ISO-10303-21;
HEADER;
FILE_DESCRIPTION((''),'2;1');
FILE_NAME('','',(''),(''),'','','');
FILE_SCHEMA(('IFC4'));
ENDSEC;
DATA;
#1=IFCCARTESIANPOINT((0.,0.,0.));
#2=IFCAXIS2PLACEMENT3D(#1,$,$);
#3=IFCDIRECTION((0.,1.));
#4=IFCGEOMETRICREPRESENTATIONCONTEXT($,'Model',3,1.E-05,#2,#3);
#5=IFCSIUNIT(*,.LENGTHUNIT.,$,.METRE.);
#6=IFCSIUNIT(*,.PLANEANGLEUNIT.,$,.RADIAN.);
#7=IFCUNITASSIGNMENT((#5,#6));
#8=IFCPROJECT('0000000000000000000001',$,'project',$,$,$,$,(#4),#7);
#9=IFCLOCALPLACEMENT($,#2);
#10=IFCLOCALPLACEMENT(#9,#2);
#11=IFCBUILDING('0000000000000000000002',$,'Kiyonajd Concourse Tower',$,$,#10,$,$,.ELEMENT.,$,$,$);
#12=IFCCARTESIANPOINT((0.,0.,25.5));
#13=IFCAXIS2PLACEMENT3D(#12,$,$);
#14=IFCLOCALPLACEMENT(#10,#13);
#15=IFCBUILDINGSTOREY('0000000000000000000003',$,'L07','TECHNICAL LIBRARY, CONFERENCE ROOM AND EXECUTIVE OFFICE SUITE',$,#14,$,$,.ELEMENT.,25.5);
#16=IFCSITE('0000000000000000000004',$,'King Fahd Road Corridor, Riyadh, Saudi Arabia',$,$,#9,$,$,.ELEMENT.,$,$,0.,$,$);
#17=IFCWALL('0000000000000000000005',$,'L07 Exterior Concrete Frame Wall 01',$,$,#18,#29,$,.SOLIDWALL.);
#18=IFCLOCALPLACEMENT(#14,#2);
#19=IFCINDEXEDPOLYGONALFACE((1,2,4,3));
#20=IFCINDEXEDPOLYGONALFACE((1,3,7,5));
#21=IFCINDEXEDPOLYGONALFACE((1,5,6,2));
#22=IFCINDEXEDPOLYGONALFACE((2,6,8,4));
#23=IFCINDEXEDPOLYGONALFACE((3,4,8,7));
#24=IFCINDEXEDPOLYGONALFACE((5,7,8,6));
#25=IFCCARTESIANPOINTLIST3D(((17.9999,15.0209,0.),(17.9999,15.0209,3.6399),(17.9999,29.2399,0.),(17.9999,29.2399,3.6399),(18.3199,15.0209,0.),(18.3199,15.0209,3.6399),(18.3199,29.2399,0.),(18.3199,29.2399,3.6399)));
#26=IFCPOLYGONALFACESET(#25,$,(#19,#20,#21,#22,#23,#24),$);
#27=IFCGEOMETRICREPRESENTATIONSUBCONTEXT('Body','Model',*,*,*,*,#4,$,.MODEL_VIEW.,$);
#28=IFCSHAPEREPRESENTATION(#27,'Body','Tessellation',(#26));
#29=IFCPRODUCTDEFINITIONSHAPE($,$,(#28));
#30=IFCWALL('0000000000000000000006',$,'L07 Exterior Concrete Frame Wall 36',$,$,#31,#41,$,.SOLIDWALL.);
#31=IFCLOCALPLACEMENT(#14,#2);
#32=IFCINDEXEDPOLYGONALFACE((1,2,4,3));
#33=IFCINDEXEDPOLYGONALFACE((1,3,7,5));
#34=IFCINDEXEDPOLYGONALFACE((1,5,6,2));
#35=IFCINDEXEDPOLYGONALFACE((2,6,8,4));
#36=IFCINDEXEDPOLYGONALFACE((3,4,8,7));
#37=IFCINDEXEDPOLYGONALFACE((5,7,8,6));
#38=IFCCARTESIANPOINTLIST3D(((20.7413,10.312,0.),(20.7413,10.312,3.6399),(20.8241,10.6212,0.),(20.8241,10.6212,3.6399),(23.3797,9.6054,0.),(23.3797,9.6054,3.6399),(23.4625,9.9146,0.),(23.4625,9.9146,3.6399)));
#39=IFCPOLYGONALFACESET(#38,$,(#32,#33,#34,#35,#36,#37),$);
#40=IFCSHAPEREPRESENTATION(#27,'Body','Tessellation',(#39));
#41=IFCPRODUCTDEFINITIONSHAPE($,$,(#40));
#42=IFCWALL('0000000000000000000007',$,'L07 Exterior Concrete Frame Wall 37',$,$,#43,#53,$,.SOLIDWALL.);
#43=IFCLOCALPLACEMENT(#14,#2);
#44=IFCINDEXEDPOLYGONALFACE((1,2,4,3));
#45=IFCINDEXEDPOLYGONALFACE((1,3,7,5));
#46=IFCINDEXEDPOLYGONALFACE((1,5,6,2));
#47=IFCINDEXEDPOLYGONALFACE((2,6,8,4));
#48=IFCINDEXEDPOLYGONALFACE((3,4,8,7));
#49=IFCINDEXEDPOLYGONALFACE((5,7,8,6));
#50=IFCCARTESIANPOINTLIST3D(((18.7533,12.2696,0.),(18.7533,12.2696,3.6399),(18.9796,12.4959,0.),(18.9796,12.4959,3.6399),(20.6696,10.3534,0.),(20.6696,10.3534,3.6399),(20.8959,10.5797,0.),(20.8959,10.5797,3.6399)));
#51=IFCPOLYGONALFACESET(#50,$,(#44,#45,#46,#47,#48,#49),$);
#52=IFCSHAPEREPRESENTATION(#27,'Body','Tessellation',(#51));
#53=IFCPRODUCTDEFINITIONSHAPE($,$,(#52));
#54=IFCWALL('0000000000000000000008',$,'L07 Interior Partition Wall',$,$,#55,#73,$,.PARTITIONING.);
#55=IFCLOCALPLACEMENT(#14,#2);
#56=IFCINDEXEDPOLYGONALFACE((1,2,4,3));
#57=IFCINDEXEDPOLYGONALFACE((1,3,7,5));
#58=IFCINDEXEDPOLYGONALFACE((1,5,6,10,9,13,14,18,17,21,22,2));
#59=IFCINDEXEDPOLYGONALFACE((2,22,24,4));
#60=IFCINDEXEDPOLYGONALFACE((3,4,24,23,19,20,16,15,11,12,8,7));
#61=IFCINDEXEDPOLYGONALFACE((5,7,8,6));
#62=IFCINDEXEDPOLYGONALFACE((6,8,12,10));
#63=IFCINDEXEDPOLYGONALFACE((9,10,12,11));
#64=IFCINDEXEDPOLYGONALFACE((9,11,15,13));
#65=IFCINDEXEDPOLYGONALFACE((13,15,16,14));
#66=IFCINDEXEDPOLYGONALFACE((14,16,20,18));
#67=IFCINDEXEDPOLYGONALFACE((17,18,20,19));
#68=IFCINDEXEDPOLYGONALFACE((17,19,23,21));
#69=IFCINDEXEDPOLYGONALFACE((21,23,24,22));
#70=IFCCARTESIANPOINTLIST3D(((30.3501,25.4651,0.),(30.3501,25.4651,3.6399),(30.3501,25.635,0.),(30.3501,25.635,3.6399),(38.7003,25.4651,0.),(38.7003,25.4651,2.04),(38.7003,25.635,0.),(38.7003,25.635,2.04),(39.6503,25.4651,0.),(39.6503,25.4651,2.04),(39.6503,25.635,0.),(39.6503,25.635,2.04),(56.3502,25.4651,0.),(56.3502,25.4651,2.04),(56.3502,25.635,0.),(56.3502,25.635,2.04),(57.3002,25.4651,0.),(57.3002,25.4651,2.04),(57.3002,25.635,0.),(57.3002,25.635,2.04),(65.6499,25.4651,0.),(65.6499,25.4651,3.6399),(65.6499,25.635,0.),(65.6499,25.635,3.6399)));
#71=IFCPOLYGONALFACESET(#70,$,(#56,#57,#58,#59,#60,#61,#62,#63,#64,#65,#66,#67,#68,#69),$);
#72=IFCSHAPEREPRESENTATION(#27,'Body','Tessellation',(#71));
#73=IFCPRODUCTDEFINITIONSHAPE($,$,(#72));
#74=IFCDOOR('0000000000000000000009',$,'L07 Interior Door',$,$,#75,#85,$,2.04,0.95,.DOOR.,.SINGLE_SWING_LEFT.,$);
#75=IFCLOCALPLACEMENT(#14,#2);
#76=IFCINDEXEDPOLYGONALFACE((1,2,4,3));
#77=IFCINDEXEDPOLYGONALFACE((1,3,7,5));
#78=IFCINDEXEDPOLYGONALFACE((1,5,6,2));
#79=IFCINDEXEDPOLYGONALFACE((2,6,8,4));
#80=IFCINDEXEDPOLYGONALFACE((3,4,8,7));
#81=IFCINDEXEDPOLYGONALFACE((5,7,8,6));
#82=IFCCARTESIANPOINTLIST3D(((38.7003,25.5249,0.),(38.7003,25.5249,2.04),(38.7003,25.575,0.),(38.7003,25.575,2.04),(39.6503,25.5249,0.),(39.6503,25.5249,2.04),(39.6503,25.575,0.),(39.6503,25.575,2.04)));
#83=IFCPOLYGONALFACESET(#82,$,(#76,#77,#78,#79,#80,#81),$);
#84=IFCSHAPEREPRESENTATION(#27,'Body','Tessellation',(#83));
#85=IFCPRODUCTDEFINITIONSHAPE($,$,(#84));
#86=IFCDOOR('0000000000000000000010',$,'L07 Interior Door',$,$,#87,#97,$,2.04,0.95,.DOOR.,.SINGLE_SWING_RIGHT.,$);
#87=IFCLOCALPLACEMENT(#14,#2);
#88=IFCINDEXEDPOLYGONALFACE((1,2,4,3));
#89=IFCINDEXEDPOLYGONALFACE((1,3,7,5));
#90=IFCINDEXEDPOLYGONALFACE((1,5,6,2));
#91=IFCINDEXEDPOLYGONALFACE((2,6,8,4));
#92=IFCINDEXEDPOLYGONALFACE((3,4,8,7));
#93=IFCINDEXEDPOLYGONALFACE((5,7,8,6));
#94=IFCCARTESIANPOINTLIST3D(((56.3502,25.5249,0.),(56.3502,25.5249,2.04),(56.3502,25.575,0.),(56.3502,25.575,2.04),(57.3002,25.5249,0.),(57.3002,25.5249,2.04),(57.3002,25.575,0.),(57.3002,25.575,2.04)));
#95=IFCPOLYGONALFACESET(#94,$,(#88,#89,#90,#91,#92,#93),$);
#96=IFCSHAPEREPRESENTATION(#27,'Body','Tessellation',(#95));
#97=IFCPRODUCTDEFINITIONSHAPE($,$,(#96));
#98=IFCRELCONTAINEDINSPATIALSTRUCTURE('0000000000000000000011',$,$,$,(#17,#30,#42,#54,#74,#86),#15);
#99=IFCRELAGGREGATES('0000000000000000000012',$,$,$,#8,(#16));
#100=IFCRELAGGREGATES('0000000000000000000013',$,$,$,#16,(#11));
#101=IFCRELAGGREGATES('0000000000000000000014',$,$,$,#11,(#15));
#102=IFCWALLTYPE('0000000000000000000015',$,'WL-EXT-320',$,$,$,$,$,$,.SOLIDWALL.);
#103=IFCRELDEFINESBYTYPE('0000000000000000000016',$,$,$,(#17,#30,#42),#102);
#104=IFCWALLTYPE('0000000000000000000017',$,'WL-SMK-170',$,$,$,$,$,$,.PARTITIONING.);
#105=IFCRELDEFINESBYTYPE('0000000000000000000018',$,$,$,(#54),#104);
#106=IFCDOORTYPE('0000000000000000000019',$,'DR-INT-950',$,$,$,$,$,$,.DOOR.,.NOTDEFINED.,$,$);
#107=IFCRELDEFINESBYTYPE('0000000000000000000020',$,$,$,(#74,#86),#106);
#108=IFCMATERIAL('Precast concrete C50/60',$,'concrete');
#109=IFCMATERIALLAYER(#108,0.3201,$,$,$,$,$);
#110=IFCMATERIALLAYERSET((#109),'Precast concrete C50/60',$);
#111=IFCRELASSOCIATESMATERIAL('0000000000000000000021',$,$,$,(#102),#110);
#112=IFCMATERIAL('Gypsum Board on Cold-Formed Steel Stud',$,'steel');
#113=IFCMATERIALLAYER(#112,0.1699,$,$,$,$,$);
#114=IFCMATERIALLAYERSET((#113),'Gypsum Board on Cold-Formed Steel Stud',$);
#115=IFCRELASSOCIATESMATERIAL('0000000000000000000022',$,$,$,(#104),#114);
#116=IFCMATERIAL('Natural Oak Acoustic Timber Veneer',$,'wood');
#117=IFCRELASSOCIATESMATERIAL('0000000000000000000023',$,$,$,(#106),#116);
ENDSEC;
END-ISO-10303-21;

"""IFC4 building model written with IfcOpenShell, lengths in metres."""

from ifc_helpers import new_model, si_unit, direction, frame, frame_2d, origin, place, context, subcontext, project, spatial, rectangle, extrude, material, layer, layer_set, type_object, element, fill, save


model = new_model("IFC4")

# Units and contexts
model_context = context("Model", 3, precision=1e-05, world=origin(), true_north=direction((0.0, 1.0)))
body_context = subcontext(model_context, "Body", "Model", "MODEL_VIEW")
ifc_project = project(units=[si_unit("LENGTHUNIT", "METRE"), si_unit("PLANEANGLEUNIT", "RADIAN")], contexts=[model_context])

# Site, building, storey
site_placement = place(None, origin())
site = spatial("IfcSite", under=ifc_project, at=site_placement, Name="King Fahd Road Corridor, Riyadh, Saudi Arabia", CompositionType="ELEMENT", RefElevation=0.0)
building_placement = place(site_placement, origin())
building = spatial("IfcBuilding", under=site, at=building_placement, Name="Kiyonajd Concourse Tower", CompositionType="ELEMENT")
storey_placement = place(building_placement, frame((0.0, 0.0, 25.5)))
storey = spatial("IfcBuildingStorey", under=building, at=storey_placement, Name="L07", Description="TECHNICAL LIBRARY, CONFERENCE ROOM AND EXECUTIVE OFFICE SUITE", CompositionType="ELEMENT", Elevation=25.5)

# Shared definitions
ifc_material_1 = material(Name="Precast concrete C50/60", Category="concrete")

# Walls
ifc_layer_1 = layer(ifc_material_1, 0.3201)
ifc_layer_set_1 = layer_set([ifc_layer_1], Name="Precast concrete C50/60")
wall_type_1 = type_object("IfcWallType", Name="WL-EXT-320", PredefinedType="SOLIDWALL", material=ifc_layer_set_1)
wall_1_placement = place(storey_placement, frame((18.1599, 15.021, 0.0), z_axis=(0.0, 0.0, 1.0), x_axis=(0.0, 1.0, 0.0)))
element("IfcWall", 1, at=wall_1_placement, inside=storey, type_object=wall_type_1, Name="L07 Exterior Concrete Frame Wall 01", PredefinedType="SOLIDWALL", context=body_context, shape_type="SweptSolid", body=[
    extrude(rectangle(XDim=14.219, YDim=0.3201, at=frame_2d((7.1094, 0.0))), origin(), (0.0, 0.0, 1.0), 3.6399),
])
wall_2_placement = place(storey_placement, frame((23.4211, 9.76, 0.0), z_axis=(0.0, 0.0, 1.0), x_axis=(-0.965964, 0.258675, 0.0)))
element("IfcWall", 2, at=wall_2_placement, inside=storey, type_object=wall_type_1, Name="L07 Exterior Concrete Frame Wall 36", PredefinedType="SOLIDWALL", context=body_context, shape_type="SweptSolid", body=[
    extrude(rectangle(XDim=2.7314, YDim=0.3201, at=frame_2d((1.3657, 0.0))), origin(), (0.0, 0.0, 1.0), 3.6399),
])
wall_3_placement = place(storey_placement, frame((20.7827, 10.4666, 0.0), z_axis=(0.0, 0.0, 1.0), x_axis=(-0.707107, 0.707107, 0.0)))
element("IfcWall", 3, at=wall_3_placement, inside=storey, type_object=wall_type_1, Name="L07 Exterior Concrete Frame Wall 37", PredefinedType="SOLIDWALL", context=body_context, shape_type="SweptSolid", body=[
    extrude(rectangle(XDim=2.71, YDim=0.3201, at=frame_2d((1.355, 0.0))), origin(), (0.0, 0.0, 1.0), 3.6399),
])

# Wall, openings, doors
ifc_material_2 = material(Name="Gypsum Board on Cold-Formed Steel Stud", Category="steel")
ifc_layer_2 = layer(ifc_material_2, 0.1699)
ifc_layer_set_2 = layer_set([ifc_layer_2], Name="Gypsum Board on Cold-Formed Steel Stud")
wall_type_2 = type_object("IfcWallType", Name="WL-SMK-170", PredefinedType="PARTITIONING", material=ifc_layer_set_2)
wall_4_placement = place(storey_placement, frame((30.3501, 25.55, 0.0), z_axis=(0.0, 0.0, 1.0), x_axis=(1.0, 0.0, 0.0)))
wall_4 = element("IfcWall", 4, at=wall_4_placement, inside=storey, type_object=wall_type_2, Name="L07 Interior Partition Wall", PredefinedType="PARTITIONING", context=body_context, shape_type="SweptSolid", body=[
    extrude(rectangle(XDim=35.2998, YDim=0.1699, at=frame_2d((17.6499, 0.0))), origin(), (0.0, 0.0, 1.0), 3.6399),
])
opening_1_placement = place(wall_4_placement, frame((8.3501, 0.0, 0.0)))
opening_1 = element("IfcOpeningElement", 5, at=opening_1_placement, cuts=wall_4, PredefinedType="OPENING", context=body_context, shape_type="SweptSolid", body=[
    extrude(rectangle(XDim=0.95, YDim=2.04, at=frame_2d((0.4751, 1.02))), frame((0.0, 0.095, 0.0), z_axis=(0.0, -1.0, 0.0), x_axis=(1.0, 0.0, 0.0)), (0.0, 0.0, 1.0), 0.1899),
])
opening_2_placement = place(wall_4_placement, frame((26.0, 0.0, 0.0)))
opening_2 = element("IfcOpeningElement", 6, at=opening_2_placement, cuts=wall_4, PredefinedType="OPENING", context=body_context, shape_type="SweptSolid", body=[
    extrude(rectangle(XDim=0.95, YDim=2.04, at=frame_2d((0.4751, 1.02))), frame((0.0, 0.095, 0.0), z_axis=(0.0, -1.0, 0.0), x_axis=(1.0, 0.0, 0.0)), (0.0, 0.0, 1.0), 0.1899),
])
ifc_material_3 = material(Name="Natural Oak Acoustic Timber Veneer", Category="wood")
door_type = type_object("IfcDoorType", Name="DR-INT-950", OperationType="NOTDEFINED", PredefinedType="DOOR", material=ifc_material_3)
door_1_placement = place(opening_1_placement, origin())
door_1 = element("IfcDoor", 7, at=door_1_placement, inside=storey, type_object=door_type, Name="L07 Interior Door", OperationType="SINGLE_SWING_LEFT", OverallHeight=2.04, OverallWidth=0.95, PredefinedType="DOOR", context=body_context, shape_type="SweptSolid", body=[
    extrude(rectangle(XDim=0.95, YDim=2.04, at=frame_2d((0.4751, 1.02))), frame((0.0, 0.0249, 0.0), z_axis=(0.0, -1.0, 0.0), x_axis=(1.0, 0.0, 0.0)), (0.0, 0.0, 1.0), 0.05),
])
fill(opening_1, door_1)
door_2_placement = place(opening_2_placement, origin())
door_2 = element("IfcDoor", 8, at=door_2_placement, inside=storey, type_object=door_type, Name="L07 Interior Door", OperationType="SINGLE_SWING_RIGHT", OverallHeight=2.04, OverallWidth=0.95, PredefinedType="DOOR", context=body_context, shape_type="SweptSolid", body=[
    extrude(rectangle(XDim=0.95, YDim=2.04, at=frame_2d((0.4751, 1.02))), frame((0.0, 0.0249, 0.0), z_axis=(0.0, -1.0, 0.0), x_axis=(1.0, 0.0, 0.0)), (0.0, 0.0, 1.0), 0.05),
])
fill(opening_2, door_2)

save(model, "model.ifc")
